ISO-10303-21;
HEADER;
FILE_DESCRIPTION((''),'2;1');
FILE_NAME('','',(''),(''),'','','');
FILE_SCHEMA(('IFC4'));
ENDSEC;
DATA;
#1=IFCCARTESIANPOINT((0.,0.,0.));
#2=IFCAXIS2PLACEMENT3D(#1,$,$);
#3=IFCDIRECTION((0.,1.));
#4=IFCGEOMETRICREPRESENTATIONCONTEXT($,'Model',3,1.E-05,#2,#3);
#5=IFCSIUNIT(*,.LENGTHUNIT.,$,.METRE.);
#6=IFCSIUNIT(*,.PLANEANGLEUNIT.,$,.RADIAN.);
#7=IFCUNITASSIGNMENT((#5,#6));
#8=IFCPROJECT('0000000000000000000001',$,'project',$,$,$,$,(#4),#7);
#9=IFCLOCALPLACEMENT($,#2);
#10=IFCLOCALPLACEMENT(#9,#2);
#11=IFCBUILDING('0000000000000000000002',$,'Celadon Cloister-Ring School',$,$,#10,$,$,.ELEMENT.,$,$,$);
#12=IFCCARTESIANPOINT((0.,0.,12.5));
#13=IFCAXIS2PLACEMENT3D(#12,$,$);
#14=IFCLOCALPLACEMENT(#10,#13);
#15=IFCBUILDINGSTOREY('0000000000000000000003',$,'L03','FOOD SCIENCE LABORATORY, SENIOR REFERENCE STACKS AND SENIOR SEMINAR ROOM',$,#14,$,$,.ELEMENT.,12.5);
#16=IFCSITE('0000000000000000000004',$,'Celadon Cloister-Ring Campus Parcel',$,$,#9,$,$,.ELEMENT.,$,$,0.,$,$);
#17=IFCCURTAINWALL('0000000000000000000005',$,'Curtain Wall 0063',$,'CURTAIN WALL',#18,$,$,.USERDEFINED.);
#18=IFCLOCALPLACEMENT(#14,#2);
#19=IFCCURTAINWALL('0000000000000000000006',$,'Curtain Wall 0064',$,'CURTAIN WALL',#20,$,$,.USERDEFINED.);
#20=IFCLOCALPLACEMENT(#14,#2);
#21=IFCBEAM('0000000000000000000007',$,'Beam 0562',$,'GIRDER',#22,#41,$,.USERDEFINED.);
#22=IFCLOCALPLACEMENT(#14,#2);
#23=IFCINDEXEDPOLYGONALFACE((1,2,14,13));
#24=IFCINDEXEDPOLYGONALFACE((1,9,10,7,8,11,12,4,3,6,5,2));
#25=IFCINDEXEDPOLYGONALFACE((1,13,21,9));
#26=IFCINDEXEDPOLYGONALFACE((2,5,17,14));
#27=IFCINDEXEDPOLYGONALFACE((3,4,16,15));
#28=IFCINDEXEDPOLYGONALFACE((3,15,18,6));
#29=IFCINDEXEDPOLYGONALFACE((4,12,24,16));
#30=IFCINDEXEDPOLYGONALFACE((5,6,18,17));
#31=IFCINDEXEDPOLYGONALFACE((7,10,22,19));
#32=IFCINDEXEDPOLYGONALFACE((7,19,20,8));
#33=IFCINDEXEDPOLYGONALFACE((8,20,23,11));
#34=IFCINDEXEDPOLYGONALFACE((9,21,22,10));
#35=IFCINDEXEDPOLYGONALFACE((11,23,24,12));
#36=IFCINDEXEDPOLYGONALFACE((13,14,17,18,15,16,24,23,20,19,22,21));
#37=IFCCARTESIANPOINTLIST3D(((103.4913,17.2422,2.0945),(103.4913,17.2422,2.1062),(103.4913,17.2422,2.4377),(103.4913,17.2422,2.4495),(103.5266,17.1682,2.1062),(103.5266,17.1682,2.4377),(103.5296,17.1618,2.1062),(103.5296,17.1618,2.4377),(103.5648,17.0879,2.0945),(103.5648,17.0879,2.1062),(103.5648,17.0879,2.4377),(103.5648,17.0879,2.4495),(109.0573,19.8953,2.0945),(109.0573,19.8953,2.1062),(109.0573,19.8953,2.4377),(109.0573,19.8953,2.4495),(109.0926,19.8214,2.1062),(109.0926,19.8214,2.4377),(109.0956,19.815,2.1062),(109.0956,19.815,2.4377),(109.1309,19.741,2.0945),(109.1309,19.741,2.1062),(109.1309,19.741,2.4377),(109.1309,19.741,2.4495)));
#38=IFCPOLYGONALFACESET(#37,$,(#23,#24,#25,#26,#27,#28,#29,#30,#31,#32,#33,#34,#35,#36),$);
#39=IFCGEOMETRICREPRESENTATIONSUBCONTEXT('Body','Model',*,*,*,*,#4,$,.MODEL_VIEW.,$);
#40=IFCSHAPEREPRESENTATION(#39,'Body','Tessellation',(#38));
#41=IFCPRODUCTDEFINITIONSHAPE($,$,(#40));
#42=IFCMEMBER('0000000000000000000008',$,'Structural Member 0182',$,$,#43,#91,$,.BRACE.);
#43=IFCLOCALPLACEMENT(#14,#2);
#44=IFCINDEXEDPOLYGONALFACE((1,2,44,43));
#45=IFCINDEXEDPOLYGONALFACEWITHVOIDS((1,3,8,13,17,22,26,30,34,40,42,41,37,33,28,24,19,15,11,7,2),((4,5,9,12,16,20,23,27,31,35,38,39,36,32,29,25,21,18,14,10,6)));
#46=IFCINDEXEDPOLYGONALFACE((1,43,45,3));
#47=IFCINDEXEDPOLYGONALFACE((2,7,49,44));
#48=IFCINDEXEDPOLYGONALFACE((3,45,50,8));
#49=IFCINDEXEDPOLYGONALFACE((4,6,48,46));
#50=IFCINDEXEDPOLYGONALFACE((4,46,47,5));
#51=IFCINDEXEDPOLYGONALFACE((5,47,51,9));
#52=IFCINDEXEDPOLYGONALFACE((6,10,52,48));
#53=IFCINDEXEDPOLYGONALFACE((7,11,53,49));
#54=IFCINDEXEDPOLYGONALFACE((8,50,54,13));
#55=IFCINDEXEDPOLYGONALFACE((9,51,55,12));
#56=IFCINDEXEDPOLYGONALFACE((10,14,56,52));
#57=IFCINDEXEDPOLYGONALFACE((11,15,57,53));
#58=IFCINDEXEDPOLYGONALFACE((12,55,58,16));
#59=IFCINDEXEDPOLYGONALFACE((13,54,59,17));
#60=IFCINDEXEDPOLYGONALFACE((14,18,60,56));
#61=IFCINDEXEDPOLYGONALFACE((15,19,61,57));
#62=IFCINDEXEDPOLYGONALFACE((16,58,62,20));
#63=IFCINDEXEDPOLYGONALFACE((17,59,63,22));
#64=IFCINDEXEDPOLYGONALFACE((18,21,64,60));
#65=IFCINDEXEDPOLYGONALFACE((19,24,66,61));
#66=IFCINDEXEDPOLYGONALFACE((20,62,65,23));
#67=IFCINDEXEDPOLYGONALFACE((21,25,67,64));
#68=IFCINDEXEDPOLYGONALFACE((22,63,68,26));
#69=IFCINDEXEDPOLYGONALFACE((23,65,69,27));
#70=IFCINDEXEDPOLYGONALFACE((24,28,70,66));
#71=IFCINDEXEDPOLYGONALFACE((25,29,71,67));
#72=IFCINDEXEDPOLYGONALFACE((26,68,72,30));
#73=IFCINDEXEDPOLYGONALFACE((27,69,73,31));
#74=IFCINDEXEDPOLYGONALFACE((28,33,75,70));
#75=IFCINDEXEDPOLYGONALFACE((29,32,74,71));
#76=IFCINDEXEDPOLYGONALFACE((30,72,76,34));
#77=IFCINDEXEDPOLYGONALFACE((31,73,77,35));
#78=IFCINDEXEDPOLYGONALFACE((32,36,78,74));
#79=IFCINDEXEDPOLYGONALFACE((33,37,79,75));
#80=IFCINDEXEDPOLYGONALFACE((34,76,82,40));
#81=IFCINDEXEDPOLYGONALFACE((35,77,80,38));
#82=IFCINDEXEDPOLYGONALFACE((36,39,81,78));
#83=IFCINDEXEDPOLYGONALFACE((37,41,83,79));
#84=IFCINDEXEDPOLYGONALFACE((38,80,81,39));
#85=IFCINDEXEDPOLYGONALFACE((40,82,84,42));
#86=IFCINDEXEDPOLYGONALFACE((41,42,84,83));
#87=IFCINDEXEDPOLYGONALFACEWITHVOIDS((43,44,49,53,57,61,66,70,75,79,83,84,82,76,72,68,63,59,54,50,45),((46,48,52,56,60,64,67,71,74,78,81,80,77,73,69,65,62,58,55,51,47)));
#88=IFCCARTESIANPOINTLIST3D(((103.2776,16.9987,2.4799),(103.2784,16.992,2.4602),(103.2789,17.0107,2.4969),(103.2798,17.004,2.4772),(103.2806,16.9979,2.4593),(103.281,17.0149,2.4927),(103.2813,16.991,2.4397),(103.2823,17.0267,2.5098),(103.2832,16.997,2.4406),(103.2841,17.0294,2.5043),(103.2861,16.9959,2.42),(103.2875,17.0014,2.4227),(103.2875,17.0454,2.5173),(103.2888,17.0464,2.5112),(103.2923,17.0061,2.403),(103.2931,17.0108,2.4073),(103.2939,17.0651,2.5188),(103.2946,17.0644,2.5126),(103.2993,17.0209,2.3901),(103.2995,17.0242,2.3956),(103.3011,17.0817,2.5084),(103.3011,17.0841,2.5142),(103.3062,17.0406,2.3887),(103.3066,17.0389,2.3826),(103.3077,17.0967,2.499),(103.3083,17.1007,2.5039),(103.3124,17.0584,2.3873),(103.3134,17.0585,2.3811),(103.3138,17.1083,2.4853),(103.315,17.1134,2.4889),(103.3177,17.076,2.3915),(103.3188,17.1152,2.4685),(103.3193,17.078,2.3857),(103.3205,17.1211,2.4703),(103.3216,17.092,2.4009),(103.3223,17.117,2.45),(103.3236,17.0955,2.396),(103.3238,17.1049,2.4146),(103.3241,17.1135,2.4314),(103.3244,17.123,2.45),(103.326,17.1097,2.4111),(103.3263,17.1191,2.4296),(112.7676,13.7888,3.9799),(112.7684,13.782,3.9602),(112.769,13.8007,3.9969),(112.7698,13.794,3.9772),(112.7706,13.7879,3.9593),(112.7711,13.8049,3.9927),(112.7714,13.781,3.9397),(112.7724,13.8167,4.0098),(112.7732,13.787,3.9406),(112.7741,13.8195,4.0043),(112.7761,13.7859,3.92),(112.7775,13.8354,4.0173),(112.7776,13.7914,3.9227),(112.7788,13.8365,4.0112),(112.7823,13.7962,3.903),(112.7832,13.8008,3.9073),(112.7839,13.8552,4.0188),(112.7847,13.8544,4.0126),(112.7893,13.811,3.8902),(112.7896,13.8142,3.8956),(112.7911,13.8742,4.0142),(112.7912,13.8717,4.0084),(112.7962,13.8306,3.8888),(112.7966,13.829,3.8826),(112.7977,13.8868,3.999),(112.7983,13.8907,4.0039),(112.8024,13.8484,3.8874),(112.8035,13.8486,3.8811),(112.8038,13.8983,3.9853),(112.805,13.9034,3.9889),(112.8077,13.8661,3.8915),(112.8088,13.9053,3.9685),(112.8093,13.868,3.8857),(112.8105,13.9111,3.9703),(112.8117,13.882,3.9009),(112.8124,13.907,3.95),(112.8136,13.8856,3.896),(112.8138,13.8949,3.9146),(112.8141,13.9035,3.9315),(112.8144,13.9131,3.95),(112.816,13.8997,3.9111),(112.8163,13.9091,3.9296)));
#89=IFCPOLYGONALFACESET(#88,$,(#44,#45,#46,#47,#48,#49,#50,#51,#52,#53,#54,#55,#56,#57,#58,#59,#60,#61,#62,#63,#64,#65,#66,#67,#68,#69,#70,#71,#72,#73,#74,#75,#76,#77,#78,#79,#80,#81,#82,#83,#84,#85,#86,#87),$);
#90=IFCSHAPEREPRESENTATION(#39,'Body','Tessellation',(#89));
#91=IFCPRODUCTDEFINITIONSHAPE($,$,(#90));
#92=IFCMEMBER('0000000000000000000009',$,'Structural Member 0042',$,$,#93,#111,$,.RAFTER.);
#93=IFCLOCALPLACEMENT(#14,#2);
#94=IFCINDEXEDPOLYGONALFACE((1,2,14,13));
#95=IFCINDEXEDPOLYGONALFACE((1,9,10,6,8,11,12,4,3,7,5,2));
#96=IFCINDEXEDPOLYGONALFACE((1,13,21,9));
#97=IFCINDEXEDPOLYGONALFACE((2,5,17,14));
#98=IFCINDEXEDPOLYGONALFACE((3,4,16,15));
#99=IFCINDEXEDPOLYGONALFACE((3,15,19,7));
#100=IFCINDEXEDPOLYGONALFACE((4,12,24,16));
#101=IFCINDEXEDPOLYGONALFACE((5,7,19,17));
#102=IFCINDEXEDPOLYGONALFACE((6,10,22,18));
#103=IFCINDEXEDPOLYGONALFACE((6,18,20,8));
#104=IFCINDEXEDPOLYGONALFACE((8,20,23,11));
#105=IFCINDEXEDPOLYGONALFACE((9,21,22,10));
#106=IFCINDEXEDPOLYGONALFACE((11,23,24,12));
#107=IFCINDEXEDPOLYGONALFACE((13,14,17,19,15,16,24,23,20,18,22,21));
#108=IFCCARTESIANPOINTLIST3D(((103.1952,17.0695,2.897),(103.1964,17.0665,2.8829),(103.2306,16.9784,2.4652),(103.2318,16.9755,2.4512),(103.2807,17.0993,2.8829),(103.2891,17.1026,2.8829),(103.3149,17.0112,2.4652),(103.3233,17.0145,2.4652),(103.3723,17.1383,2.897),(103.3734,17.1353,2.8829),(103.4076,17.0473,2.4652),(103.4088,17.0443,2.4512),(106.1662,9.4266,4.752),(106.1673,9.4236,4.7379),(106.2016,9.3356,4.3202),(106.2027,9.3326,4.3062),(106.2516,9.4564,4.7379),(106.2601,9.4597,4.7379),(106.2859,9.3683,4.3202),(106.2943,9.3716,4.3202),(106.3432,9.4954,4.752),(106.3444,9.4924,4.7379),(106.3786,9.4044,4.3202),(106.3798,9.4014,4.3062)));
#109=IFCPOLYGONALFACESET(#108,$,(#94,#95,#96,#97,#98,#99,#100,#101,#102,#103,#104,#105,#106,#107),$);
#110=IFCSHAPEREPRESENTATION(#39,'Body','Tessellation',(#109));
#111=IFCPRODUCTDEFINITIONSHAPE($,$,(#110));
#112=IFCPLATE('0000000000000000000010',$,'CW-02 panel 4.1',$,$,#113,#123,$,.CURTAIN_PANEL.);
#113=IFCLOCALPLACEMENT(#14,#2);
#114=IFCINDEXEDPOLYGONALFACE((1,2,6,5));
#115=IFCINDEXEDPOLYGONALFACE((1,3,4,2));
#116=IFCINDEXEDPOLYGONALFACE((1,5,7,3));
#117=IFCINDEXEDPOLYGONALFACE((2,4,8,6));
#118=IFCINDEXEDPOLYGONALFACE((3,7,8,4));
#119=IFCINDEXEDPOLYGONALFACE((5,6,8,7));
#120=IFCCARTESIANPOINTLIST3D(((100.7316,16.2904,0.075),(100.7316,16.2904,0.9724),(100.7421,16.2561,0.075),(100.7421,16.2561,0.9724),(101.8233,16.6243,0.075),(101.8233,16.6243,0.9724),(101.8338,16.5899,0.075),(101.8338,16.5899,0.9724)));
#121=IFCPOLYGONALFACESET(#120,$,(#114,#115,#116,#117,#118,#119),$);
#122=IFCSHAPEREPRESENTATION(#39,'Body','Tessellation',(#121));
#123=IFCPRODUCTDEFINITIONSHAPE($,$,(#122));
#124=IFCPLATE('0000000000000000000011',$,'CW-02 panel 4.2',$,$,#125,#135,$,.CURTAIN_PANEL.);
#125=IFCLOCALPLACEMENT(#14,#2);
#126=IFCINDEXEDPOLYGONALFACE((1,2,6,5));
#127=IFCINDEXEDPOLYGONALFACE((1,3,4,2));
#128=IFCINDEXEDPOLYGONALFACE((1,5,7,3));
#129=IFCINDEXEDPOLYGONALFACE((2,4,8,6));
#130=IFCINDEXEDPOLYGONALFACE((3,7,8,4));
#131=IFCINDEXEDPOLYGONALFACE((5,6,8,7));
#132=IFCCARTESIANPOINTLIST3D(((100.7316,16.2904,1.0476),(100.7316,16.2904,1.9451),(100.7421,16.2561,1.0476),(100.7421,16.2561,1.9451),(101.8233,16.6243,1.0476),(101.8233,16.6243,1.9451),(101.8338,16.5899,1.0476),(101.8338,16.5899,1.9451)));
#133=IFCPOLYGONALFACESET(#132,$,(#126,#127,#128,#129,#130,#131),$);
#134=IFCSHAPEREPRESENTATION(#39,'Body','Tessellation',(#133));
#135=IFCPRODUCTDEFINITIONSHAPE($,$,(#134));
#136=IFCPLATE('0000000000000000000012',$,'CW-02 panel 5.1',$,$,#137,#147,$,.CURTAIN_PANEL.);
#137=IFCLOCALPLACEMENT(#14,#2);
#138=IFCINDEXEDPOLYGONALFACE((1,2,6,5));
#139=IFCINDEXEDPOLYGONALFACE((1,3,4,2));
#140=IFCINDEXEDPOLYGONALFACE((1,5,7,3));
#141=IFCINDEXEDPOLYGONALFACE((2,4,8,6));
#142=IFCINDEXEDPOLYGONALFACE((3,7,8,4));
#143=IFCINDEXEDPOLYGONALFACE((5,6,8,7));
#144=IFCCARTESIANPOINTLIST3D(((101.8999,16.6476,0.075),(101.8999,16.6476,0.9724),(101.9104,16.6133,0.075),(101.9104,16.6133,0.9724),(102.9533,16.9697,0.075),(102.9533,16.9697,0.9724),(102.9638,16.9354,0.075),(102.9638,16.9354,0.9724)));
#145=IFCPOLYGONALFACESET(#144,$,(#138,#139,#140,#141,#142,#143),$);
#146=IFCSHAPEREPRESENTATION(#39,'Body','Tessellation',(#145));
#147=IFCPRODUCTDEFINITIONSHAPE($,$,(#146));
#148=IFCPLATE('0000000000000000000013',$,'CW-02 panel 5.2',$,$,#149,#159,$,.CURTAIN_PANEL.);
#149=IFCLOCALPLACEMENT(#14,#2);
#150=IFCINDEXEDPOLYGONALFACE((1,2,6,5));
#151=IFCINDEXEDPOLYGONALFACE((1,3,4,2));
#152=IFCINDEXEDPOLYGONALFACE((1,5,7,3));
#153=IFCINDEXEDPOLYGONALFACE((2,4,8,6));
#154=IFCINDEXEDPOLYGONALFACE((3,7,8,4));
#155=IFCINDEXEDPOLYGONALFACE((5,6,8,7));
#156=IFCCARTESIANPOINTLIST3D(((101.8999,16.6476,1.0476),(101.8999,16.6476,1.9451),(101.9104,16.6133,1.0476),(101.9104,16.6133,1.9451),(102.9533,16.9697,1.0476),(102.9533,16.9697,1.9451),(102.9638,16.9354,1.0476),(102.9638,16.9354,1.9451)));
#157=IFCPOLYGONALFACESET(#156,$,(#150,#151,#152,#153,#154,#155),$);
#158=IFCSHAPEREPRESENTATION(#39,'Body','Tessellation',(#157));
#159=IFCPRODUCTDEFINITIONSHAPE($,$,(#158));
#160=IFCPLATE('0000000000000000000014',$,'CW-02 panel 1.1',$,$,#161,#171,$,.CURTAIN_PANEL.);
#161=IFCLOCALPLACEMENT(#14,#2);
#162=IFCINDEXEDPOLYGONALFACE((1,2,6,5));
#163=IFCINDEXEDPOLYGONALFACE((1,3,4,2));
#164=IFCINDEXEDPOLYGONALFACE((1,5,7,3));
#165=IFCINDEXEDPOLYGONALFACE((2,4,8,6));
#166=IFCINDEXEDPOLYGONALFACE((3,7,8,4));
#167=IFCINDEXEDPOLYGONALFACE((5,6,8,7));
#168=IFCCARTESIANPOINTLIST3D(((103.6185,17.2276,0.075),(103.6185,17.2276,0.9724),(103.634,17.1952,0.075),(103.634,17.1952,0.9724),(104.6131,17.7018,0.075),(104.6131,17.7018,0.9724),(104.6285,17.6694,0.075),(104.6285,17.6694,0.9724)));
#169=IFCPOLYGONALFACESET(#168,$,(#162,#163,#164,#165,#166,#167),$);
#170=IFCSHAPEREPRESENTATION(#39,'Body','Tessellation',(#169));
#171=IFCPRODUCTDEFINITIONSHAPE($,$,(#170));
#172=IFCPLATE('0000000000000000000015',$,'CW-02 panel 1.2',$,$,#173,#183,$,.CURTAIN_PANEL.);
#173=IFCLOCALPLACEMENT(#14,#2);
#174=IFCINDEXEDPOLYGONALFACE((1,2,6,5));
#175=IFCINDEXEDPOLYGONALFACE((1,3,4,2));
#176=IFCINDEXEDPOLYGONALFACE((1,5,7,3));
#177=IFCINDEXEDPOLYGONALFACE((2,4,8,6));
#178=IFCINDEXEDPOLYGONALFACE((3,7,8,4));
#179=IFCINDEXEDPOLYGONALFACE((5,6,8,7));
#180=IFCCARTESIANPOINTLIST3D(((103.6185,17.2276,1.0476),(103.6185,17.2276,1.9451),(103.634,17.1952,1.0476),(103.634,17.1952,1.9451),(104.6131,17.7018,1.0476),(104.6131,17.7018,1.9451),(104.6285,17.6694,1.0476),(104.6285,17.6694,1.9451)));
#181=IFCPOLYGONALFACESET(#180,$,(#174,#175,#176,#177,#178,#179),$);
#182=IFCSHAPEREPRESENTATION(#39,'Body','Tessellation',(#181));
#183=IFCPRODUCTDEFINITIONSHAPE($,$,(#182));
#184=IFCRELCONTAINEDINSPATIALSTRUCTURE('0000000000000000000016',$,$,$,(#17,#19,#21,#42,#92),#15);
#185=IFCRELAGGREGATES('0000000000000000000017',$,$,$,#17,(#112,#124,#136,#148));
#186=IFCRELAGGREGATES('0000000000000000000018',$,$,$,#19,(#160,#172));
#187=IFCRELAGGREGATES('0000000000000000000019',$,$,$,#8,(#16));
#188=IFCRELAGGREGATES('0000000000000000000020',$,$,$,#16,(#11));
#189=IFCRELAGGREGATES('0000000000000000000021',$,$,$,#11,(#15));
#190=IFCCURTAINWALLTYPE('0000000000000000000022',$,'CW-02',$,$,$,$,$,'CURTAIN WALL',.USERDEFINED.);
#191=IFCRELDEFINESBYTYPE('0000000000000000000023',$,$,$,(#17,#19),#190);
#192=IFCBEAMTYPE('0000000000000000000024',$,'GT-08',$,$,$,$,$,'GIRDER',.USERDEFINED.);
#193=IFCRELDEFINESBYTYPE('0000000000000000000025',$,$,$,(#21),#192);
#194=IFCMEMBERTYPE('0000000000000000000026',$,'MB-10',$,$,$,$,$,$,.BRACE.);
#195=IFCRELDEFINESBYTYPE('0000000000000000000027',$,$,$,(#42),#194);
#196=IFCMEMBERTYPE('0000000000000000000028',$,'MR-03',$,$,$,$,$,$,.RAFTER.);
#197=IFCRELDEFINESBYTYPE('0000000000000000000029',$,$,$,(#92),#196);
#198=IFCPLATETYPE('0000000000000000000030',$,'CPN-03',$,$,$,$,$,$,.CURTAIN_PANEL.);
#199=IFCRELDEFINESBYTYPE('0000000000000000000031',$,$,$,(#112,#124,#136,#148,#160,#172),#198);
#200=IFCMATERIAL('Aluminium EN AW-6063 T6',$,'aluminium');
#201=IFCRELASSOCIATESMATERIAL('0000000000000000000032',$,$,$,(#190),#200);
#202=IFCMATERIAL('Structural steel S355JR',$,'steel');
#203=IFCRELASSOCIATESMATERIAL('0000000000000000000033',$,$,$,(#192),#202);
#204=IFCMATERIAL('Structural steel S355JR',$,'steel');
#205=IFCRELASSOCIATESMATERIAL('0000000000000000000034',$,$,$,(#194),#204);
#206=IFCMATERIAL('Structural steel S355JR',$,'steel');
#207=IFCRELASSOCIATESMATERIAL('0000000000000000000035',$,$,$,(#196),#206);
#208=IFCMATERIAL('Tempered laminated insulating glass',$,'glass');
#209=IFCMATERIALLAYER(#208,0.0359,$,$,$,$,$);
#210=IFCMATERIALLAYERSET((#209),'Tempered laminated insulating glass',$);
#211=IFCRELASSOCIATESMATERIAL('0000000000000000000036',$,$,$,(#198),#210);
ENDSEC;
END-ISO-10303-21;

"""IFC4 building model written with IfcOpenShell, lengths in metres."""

from ifc_helpers import new_model, si_unit, direction, frame, origin, origin_2d, place, context, subcontext, project, spatial, rectangle, hollow_circle, i_section, extrude, material, layer, layer_set, material_profile, profile_set, type_object, element, aggregate, save


model = new_model("IFC4")

# Units and contexts
model_context = context("Model", 3, precision=1e-05, world=origin(), true_north=direction((0.0, 1.0)))
body_context = subcontext(model_context, "Body", "Model", "MODEL_VIEW")
ifc_project = project(units=[si_unit("LENGTHUNIT", "METRE"), si_unit("PLANEANGLEUNIT", "RADIAN")], contexts=[model_context])

# Site, building, storey
site_placement = place(None, origin())
site = spatial("IfcSite", under=ifc_project, at=site_placement, Name="Celadon Cloister-Ring Campus Parcel", CompositionType="ELEMENT", RefElevation=0.0)
building_placement = place(site_placement, origin())
building = spatial("IfcBuilding", under=site, at=building_placement, Name="Celadon Cloister-Ring School", CompositionType="ELEMENT")
storey_placement = place(building_placement, frame((0.0, 0.0, 12.5)))
storey = spatial("IfcBuildingStorey", under=building, at=storey_placement, Name="L03", Description="FOOD SCIENCE LABORATORY, SENIOR REFERENCE STACKS AND SENIOR SEMINAR ROOM", CompositionType="ELEMENT", Elevation=12.5)

# Curtain wall
ifc_material_1 = material(Name="Aluminium EN AW-6063 T6", Category="aluminium")
curtain_wall_type = type_object("IfcCurtainWallType", Name="CW-02", ElementType="CURTAIN WALL", PredefinedType="USERDEFINED", material=ifc_material_1)
curtain_wall_1_placement = place(storey_placement, origin())
curtain_wall_1 = element("IfcCurtainWall", 1, at=curtain_wall_1_placement, inside=storey, type_object=curtain_wall_type, Name="Curtain Wall 0063", ObjectType="CURTAIN WALL", PredefinedType="USERDEFINED")

# Curtain wall
curtain_wall_2_placement = place(storey_placement, origin())
curtain_wall_2 = element("IfcCurtainWall", 2, at=curtain_wall_2_placement, inside=storey, type_object=curtain_wall_type, Name="Curtain Wall 0064", ObjectType="CURTAIN WALL", PredefinedType="USERDEFINED")

# Beam
ifc_material_2 = material(Name="Structural steel S355JR", Category="steel")
ifc_material_profile_1 = material_profile(ifc_material_2, i_section(OverallWidth=0.1709, OverallDepth=0.355, WebThickness=0.0071, FlangeThickness=0.0117, at=origin_2d()), Name="W360X51")
ifc_profile_set_1 = profile_set([ifc_material_profile_1], Name="Structural steel S355JR")
beam_type = type_object("IfcBeamType", Name="GT-08", ElementType="GIRDER", PredefinedType="USERDEFINED", material=ifc_profile_set_1)
beam_placement = place(storey_placement, frame((103.5281, 17.165, 2.272), z_axis=(0.902694, 0.430282, 0.0), x_axis=(-0.430282, 0.902694, 0.0)))
element("IfcBeam", 3, at=beam_placement, inside=storey, type_object=beam_type, Name="Beam 0562", ObjectType="GIRDER", PredefinedType="USERDEFINED", context=body_context, shape_type="SweptSolid", body=[
    extrude(i_section(OverallWidth=0.1709, OverallDepth=0.355, WebThickness=0.0071, FlangeThickness=0.0117, at=origin_2d()), origin(), (0.0, 0.0, 1.0), 6.166),
])

# Members
ifc_material_3 = material(Name="Structural steel S355JR", Category="steel")
ifc_material_profile_2 = material_profile(ifc_material_3, hollow_circle(Radius=0.0698, WallThickness=0.0063, at=origin_2d()), Name="CHS139.7X6.3")
ifc_profile_set_2 = profile_set([ifc_material_profile_2], Name="Structural steel S355JR")
member_type_1 = type_object("IfcMemberType", Name="MB-10", PredefinedType="BRACE", material=ifc_profile_set_2)
member_1_placement = place(storey_placement, frame((103.302, 17.0569, 2.45), z_axis=(0.936835, -0.316882, 0.148077), x_axis=(0.320414, 0.947278, 0.0)))
element("IfcMember", 4, at=member_1_placement, inside=storey, type_object=member_type_1, Name="Structural Member 0182", PredefinedType="BRACE", context=body_context, shape_type="SweptSolid", body=[
    extrude(hollow_circle(Radius=0.0698, WallThickness=0.0063, at=origin_2d()), origin(), (0.0, 0.0, 1.0), 10.1299),
])
ifc_material_4 = material(Name="Structural steel S355JR", Category="steel")
ifc_material_profile_3 = material_profile(ifc_material_4, i_section(OverallWidth=0.1899, OverallDepth=0.457, WebThickness=0.009, FlangeThickness=0.0144, at=origin_2d()), Name="W460X74")
ifc_profile_set_3 = profile_set([ifc_material_profile_3], Name="Structural steel S355JR")
member_type_2 = type_object("IfcMemberType", Name="MR-03", PredefinedType="RAFTER", material=ifc_profile_set_3)
member_2_placement = place(storey_placement, frame((103.302, 17.0569, 2.6741), z_axis=(0.353383, -0.909086, 0.220643), x_axis=(0.932057, 0.362313, 0.0)))
element("IfcMember", 5, at=member_2_placement, inside=storey, type_object=member_type_2, Name="Structural Member 0042", PredefinedType="RAFTER", context=body_context, shape_type="SweptSolid", body=[
    extrude(i_section(OverallWidth=0.1899, OverallDepth=0.457, WebThickness=0.009, FlangeThickness=0.0144, at=origin_2d()), origin(), (0.0, 0.0, 1.0), 8.4072),
])

# Plates
ifc_material_5 = material(Name="Tempered laminated insulating glass", Category="glass")
ifc_layer_1 = layer(ifc_material_5, 0.0359)
ifc_layer_set_1 = layer_set([ifc_layer_1], Name="Tempered laminated insulating glass")
plate_type_1 = type_object("IfcPlateType", Name="CPN-03", PredefinedType="CURTAIN_PANEL", material=ifc_layer_set_1)
plate_1_placement = place(storey_placement, frame((101.2827, 16.4402, 0.075), z_axis=(0.0, 0.0, 1.0), x_axis=(0.956294, 0.292406, 0.0)))
plate_1 = element("IfcPlate", 6, at=plate_1_placement, type_object=plate_type_1, Name="CW-02 panel 4.1", PredefinedType="CURTAIN_PANEL", context=body_context, shape_type="SweptSolid", body=[
    extrude(rectangle(XDim=1.1416, YDim=0.0359, at=origin_2d()), origin(), (0.0, 0.0, 1.0), 0.8975),
])
plate_2_placement = place(storey_placement, frame((101.2827, 16.4402, 1.0476), z_axis=(0.0, 0.0, 1.0), x_axis=(0.956294, 0.292406, 0.0)))
plate_2 = element("IfcPlate", 7, at=plate_2_placement, type_object=plate_type_1, Name="CW-02 panel 4.2", PredefinedType="CURTAIN_PANEL", context=body_context, shape_type="SweptSolid", body=[
    extrude(rectangle(XDim=1.1416, YDim=0.0359, at=origin_2d()), origin(), (0.0, 0.0, 1.0), 0.8975),
])
plate_3_placement = place(storey_placement, frame((102.4319, 16.7915, 0.075), z_axis=(0.0, 0.0, 1.0), x_axis=(0.956294, 0.292406, 0.0)))
plate_3 = element("IfcPlate", 8, at=plate_3_placement, type_object=plate_type_1, Name="CW-02 panel 5.1", PredefinedType="CURTAIN_PANEL", context=body_context, shape_type="SweptSolid", body=[
    extrude(rectangle(XDim=1.1016, YDim=0.0359, at=origin_2d()), origin(), (0.0, 0.0, 1.0), 0.8975),
])
plate_4_placement = place(storey_placement, frame((102.4319, 16.7915, 1.0476), z_axis=(0.0, 0.0, 1.0), x_axis=(0.956294, 0.292406, 0.0)))
plate_4 = element("IfcPlate", 9, at=plate_4_placement, type_object=plate_type_1, Name="CW-02 panel 5.2", PredefinedType="CURTAIN_PANEL", context=body_context, shape_type="SweptSolid", body=[
    extrude(rectangle(XDim=1.1016, YDim=0.0359, at=origin_2d()), origin(), (0.0, 0.0, 1.0), 0.8975),
])
aggregate(curtain_wall_1, [plate_1, plate_2, plate_3, plate_4])
plate_5_placement = place(storey_placement, frame((104.1235, 17.4485, 0.075), z_axis=(0.0, 0.0, 1.0), x_axis=(0.902652, 0.430372, 0.0)))
plate_5 = element("IfcPlate", 10, at=plate_5_placement, type_object=plate_type_1, Name="CW-02 panel 1.1", PredefinedType="CURTAIN_PANEL", context=body_context, shape_type="SweptSolid", body=[
    extrude(rectangle(XDim=1.1018, YDim=0.0359, at=origin_2d()), origin(), (0.0, 0.0, 1.0), 0.8975),
])
plate_6_placement = place(storey_placement, frame((104.1235, 17.4485, 1.0476), z_axis=(0.0, 0.0, 1.0), x_axis=(0.902652, 0.430372, 0.0)))
plate_6 = element("IfcPlate", 11, at=plate_6_placement, type_object=plate_type_1, Name="CW-02 panel 1.2", PredefinedType="CURTAIN_PANEL", context=body_context, shape_type="SweptSolid", body=[
    extrude(rectangle(XDim=1.1018, YDim=0.0359, at=origin_2d()), origin(), (0.0, 0.0, 1.0), 0.8975),
])
aggregate(curtain_wall_2, [plate_5, plate_6])

save(model, "model.ifc")
